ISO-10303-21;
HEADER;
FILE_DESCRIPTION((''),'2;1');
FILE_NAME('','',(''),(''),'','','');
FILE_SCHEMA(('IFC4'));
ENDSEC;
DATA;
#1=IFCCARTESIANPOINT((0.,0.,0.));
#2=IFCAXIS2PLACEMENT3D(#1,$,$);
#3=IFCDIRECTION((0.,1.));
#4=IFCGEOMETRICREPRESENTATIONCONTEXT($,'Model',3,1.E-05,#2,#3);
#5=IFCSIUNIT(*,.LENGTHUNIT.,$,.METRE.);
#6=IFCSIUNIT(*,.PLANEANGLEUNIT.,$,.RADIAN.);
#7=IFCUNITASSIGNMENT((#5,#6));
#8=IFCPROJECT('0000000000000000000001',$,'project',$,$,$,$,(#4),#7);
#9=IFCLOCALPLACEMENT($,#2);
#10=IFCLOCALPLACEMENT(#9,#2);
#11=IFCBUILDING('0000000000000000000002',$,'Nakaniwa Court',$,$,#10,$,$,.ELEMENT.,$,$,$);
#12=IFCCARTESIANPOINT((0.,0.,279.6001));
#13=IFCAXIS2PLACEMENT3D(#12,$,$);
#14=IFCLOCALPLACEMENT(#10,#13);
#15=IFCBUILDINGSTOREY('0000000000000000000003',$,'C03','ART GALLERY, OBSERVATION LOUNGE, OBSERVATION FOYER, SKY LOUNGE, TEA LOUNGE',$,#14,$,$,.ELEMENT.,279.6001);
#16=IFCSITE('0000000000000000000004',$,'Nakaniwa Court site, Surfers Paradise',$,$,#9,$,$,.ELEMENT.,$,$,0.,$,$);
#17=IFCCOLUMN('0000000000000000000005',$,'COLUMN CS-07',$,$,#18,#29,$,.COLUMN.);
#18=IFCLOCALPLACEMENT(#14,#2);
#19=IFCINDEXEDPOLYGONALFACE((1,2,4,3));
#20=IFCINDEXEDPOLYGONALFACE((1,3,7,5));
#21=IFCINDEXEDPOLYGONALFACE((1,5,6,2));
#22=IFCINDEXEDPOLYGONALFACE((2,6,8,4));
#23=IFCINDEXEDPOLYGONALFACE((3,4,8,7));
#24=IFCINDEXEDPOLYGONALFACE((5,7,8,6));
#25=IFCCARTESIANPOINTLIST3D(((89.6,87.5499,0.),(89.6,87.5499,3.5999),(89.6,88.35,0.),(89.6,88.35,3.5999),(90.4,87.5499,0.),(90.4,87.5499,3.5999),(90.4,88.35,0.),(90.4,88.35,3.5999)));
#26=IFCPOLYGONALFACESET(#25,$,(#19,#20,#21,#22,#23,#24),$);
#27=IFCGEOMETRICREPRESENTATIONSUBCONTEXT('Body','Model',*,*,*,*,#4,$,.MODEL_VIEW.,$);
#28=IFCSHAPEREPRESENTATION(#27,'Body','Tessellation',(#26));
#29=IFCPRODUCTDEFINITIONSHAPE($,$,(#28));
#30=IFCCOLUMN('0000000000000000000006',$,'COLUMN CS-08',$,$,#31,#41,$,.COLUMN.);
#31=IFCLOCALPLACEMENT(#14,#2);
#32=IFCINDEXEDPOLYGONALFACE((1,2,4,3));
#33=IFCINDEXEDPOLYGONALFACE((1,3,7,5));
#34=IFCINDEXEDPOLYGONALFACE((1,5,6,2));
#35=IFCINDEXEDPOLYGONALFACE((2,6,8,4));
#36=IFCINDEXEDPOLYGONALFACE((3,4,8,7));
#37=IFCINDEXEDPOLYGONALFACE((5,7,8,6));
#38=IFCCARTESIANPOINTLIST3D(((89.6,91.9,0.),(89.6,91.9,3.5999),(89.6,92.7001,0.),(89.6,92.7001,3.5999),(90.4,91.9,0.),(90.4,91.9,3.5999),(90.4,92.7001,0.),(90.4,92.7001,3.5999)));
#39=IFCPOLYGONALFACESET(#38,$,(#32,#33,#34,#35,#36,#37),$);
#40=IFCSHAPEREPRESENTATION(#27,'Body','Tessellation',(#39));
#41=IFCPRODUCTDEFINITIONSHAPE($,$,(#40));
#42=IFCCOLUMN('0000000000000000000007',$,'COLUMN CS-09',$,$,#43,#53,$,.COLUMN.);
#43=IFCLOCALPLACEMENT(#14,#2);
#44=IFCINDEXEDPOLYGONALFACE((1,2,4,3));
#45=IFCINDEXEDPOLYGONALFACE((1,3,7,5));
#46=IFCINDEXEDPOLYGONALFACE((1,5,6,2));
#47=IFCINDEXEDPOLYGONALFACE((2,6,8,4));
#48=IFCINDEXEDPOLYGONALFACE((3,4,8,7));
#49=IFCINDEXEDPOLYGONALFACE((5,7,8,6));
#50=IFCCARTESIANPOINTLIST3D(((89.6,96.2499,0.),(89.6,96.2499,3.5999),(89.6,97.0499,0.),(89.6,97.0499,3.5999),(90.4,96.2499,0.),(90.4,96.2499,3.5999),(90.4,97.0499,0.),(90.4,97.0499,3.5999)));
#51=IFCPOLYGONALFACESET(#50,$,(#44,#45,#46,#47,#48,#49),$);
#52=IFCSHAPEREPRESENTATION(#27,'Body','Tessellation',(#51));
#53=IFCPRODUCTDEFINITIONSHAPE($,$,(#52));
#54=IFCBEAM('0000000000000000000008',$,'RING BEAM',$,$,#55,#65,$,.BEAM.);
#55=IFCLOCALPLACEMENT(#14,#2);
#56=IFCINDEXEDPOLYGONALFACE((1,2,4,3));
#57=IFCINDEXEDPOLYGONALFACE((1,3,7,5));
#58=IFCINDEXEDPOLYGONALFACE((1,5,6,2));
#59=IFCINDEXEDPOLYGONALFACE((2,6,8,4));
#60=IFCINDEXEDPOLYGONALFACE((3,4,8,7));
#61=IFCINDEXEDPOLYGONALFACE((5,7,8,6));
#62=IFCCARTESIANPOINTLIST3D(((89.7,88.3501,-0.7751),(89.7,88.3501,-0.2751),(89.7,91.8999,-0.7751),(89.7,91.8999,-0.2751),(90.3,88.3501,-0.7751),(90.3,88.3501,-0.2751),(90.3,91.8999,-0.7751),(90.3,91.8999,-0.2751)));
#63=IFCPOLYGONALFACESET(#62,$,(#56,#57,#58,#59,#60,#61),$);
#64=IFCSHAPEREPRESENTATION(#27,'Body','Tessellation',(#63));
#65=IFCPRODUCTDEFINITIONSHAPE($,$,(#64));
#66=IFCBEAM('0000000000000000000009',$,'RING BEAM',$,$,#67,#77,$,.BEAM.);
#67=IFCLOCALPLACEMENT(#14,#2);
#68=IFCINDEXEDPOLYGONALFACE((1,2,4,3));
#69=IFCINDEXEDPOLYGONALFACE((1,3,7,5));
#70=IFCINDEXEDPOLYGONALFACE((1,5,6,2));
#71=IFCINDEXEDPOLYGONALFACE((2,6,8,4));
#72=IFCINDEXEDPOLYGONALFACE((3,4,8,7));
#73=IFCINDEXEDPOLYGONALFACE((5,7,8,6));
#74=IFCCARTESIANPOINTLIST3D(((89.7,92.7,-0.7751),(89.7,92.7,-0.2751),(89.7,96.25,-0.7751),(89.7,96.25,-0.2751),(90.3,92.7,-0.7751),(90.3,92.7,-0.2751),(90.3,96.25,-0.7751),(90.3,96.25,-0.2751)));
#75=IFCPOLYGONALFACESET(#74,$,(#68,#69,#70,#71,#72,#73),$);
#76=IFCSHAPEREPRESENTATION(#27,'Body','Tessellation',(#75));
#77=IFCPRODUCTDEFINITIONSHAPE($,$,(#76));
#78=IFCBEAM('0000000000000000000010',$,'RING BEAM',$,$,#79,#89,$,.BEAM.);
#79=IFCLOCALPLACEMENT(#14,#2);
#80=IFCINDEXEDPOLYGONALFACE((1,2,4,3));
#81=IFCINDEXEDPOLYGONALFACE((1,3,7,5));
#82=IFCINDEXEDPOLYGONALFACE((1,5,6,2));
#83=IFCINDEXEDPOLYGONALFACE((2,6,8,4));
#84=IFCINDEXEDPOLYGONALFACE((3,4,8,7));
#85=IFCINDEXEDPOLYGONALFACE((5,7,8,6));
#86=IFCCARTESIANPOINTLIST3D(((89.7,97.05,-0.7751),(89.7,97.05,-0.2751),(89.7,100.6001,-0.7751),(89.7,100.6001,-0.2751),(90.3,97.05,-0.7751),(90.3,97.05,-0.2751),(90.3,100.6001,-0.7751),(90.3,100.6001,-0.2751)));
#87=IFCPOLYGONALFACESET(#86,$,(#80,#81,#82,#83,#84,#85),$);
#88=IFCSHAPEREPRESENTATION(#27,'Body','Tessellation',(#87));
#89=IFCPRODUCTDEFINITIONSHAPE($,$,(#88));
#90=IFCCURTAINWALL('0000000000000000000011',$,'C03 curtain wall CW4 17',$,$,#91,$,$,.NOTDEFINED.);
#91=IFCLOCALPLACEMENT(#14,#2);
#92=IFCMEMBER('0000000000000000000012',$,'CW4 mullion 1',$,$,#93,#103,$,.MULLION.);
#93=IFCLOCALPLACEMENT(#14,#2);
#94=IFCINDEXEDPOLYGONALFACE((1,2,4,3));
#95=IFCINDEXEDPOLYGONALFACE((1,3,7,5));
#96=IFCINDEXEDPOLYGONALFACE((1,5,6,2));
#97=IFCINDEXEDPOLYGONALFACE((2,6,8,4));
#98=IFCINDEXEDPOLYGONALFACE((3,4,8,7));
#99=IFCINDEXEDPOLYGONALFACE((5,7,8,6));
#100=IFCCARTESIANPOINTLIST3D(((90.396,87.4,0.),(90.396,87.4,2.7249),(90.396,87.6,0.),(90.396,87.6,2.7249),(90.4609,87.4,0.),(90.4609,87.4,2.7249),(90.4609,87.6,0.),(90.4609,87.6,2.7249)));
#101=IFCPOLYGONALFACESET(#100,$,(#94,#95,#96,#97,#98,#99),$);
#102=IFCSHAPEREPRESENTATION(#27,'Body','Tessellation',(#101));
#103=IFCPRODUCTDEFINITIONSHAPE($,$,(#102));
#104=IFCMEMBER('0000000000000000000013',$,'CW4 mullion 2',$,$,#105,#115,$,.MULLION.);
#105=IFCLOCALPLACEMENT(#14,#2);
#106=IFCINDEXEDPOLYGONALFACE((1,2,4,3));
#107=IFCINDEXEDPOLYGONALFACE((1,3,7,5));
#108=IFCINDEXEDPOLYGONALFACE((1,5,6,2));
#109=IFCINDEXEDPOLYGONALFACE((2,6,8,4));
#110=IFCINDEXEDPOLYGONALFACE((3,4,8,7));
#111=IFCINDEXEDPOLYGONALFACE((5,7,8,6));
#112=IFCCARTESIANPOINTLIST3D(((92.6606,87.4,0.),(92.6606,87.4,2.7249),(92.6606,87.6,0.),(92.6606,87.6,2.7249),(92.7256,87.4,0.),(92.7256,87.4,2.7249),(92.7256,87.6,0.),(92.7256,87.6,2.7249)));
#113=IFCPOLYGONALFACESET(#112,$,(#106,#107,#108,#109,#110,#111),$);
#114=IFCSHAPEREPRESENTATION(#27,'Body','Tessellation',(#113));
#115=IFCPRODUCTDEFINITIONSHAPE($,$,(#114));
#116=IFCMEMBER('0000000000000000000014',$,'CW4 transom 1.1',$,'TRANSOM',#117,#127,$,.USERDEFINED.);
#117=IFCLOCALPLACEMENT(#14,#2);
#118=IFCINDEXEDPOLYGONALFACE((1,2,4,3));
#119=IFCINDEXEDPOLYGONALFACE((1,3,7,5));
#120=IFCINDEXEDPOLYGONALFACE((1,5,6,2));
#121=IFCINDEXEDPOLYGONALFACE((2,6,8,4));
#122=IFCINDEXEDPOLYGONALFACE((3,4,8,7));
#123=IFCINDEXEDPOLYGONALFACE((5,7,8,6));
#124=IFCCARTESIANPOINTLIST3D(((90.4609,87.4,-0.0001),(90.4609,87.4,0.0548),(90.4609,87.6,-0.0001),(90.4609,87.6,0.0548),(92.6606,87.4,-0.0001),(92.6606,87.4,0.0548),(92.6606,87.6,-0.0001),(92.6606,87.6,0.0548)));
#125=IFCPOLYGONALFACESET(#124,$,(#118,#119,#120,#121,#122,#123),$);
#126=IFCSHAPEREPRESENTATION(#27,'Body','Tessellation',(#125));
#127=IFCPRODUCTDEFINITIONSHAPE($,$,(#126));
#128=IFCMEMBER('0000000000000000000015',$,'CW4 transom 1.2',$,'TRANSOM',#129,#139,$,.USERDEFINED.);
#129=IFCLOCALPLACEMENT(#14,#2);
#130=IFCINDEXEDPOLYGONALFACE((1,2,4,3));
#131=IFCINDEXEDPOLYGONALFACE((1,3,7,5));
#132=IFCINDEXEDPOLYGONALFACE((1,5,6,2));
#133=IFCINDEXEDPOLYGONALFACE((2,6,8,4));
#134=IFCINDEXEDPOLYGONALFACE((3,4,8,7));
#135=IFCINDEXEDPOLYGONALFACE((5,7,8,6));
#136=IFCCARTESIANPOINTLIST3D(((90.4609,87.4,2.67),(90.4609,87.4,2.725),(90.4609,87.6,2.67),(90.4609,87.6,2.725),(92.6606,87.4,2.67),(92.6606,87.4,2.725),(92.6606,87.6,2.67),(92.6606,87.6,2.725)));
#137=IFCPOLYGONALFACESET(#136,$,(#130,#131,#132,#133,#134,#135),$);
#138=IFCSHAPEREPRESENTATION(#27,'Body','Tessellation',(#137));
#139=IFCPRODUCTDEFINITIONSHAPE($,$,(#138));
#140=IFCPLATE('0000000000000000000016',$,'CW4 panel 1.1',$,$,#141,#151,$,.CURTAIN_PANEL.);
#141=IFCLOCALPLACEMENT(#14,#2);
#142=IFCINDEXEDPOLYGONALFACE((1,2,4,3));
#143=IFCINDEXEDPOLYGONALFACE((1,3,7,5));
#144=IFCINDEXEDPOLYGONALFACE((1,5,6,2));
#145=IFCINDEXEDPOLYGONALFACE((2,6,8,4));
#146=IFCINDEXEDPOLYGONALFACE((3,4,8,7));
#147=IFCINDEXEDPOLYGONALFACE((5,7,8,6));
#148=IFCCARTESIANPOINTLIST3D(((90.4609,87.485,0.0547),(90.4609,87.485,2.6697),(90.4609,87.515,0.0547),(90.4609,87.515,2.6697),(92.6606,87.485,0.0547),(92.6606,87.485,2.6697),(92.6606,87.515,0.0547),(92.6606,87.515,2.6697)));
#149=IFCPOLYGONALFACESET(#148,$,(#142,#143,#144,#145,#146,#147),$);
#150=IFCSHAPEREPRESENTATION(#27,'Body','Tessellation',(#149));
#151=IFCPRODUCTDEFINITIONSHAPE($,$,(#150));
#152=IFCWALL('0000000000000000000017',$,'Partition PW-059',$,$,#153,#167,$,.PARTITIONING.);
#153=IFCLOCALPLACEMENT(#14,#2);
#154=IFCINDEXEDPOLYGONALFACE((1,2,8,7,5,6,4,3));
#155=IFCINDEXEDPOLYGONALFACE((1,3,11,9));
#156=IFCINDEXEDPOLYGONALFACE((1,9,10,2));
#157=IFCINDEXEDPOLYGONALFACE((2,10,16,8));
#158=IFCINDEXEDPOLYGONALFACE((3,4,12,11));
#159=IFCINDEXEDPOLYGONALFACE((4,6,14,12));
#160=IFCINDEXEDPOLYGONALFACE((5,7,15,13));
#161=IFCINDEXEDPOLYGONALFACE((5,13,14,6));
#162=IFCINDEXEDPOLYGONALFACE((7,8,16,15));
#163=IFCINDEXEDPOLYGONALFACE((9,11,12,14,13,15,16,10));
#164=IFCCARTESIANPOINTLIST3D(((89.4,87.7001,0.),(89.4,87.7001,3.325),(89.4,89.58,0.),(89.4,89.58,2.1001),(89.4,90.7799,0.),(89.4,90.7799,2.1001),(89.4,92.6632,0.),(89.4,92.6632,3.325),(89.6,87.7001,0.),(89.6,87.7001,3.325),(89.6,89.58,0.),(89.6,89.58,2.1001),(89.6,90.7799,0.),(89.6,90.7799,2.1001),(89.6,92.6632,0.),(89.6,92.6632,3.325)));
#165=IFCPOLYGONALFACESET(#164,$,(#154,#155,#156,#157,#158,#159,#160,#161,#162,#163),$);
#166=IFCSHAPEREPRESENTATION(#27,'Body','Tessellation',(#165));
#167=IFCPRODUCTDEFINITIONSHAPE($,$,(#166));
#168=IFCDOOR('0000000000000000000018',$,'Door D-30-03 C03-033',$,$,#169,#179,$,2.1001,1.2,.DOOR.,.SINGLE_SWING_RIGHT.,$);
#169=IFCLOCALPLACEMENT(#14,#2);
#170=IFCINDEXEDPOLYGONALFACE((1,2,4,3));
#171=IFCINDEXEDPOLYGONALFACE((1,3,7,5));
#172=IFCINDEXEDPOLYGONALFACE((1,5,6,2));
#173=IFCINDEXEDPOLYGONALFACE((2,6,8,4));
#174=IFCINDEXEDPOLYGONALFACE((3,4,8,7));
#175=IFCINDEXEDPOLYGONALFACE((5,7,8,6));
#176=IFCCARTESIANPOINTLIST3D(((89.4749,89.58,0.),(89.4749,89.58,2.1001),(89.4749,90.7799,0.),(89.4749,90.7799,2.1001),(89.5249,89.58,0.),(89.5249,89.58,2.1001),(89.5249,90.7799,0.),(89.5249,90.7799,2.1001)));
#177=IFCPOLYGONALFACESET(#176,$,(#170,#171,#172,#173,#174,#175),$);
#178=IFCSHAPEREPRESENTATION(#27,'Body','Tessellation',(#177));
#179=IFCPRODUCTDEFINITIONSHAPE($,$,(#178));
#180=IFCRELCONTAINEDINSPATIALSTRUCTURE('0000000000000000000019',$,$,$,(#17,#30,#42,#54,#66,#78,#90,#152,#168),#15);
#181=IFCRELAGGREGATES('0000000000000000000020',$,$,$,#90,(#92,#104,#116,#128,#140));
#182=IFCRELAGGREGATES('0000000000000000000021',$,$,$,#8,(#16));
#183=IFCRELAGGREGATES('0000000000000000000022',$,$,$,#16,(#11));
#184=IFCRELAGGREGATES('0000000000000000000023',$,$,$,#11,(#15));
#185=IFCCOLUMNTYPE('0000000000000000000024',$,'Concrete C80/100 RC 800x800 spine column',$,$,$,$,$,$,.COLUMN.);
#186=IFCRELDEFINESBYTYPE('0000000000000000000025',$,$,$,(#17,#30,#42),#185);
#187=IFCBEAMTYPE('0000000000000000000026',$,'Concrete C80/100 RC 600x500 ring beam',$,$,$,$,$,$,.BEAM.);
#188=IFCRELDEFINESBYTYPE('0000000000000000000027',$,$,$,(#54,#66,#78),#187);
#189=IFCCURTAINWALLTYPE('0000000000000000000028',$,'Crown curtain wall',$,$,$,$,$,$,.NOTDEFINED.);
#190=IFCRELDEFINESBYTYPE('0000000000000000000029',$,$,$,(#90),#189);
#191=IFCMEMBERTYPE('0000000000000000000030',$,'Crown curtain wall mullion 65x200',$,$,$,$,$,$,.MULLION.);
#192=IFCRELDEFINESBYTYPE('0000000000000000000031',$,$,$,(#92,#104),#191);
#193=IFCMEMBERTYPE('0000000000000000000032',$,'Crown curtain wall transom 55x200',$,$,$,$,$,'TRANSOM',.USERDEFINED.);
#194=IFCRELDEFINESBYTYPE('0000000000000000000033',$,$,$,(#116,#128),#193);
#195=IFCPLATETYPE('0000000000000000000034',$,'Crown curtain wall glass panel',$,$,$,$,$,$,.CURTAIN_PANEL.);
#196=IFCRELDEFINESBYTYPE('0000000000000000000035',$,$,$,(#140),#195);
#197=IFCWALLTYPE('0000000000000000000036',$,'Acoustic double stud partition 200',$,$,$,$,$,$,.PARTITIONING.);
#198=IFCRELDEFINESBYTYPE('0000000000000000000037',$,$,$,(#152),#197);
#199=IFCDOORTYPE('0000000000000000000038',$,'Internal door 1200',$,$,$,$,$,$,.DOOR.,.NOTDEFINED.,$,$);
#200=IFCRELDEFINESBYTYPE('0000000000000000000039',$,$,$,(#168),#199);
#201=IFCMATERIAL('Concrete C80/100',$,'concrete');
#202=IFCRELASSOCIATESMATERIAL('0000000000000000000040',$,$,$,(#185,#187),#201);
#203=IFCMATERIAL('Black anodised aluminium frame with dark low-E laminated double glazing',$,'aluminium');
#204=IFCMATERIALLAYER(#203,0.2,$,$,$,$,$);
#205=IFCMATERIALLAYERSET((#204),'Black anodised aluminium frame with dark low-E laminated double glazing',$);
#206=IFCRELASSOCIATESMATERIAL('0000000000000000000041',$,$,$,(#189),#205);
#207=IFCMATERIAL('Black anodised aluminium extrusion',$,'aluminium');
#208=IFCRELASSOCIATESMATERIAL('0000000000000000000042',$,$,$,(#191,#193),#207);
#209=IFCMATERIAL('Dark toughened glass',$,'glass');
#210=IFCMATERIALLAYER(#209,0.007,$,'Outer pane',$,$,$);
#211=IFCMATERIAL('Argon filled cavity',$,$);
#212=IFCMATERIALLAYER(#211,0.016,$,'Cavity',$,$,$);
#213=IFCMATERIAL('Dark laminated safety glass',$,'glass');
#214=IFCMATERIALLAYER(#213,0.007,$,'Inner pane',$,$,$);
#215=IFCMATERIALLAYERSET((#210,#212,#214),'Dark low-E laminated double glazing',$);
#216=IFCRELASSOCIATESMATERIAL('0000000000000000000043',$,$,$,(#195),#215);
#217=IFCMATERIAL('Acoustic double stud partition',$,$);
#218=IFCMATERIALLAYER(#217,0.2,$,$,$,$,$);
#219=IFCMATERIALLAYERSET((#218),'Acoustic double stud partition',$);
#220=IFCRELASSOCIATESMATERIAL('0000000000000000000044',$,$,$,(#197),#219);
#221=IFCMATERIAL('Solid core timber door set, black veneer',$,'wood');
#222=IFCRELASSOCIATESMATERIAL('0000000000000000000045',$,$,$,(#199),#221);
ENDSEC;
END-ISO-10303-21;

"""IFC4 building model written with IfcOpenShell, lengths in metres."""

from ifc_helpers import new_model, si_unit, direction, frame, frame_2d, origin, origin_2d, place, context, subcontext, project, spatial, rectangle, extrude, material, layer, layer_set, material_profile, profile_set, type_object, element, fill, aggregate, save


model = new_model("IFC4")

# Units and contexts
model_context = context("Model", 3, precision=1e-05, world=origin(), true_north=direction((0.0, 1.0)))
body_context = subcontext(model_context, "Body", "Model", "MODEL_VIEW")
ifc_project = project(units=[si_unit("LENGTHUNIT", "METRE"), si_unit("PLANEANGLEUNIT", "RADIAN")], contexts=[model_context])

# Site, building, storey
site_placement = place(None, origin())
site = spatial("IfcSite", under=ifc_project, at=site_placement, Name="Nakaniwa Court site, Surfers Paradise", CompositionType="ELEMENT", RefElevation=0.0)
building_placement = place(site_placement, origin())
building = spatial("IfcBuilding", under=site, at=building_placement, Name="Nakaniwa Court", CompositionType="ELEMENT")
storey_placement = place(building_placement, frame((0.0, 0.0, 279.6001)))
storey = spatial("IfcBuildingStorey", under=building, at=storey_placement, Name="C03", Description="ART GALLERY, OBSERVATION LOUNGE, OBSERVATION FOYER, SKY LOUNGE, TEA LOUNGE", CompositionType="ELEMENT", Elevation=279.6001)

# Columns
ifc_material_1 = material(Name="Concrete C80/100", Category="concrete")
ifc_material_profile_1 = material_profile(ifc_material_1, rectangle(XDim=0.8, YDim=0.8, at=origin_2d()), Name="Concrete C80/100 RC 800x800 spine column")
ifc_profile_set_1 = profile_set([ifc_material_profile_1], Name="Concrete C80/100")
column_type = type_object("IfcColumnType", Name="Concrete C80/100 RC 800x800 spine column", PredefinedType="COLUMN", material=ifc_profile_set_1)
for number, where, z_axis, x_axis, name in (
    (1, (90.0, 87.95, 0.0), (0.0, 0.0, 1.0), (0.0, 1.0, 0.0), "COLUMN CS-07"),
    (2, (90.0, 92.3, 0.0), (0.0, 0.0, 1.0), (0.0, 1.0, 0.0), "COLUMN CS-08"),
    (3, (90.0, 96.6499, 0.0), (0.0, 0.0, 1.0), (0.0, 1.0, 0.0), "COLUMN CS-09"),
):
    element("IfcColumn", number, at=place(storey_placement, frame(where, z_axis=z_axis, x_axis=x_axis)), inside=storey, type_object=column_type, Name=name, PredefinedType="COLUMN", context=body_context, shape_type="SweptSolid", body=[
        extrude(rectangle(XDim=0.8, YDim=0.8, at=origin_2d()), origin(), (0.0, 0.0, 1.0), 3.5999),
    ])

# Beams
ifc_material_profile_2 = material_profile(ifc_material_1, rectangle(XDim=0.6001, YDim=0.5, at=origin_2d()), Name="Concrete C80/100 RC 600x500 ring beam")
ifc_profile_set_2 = profile_set([ifc_material_profile_2], Name="Concrete C80/100")
beam_type = type_object("IfcBeamType", Name="Concrete C80/100 RC 600x500 ring beam", PredefinedType="BEAM", material=ifc_profile_set_2)
beam_placement = place(storey_placement, frame((90.0, 88.3501, -0.5251), z_axis=(0.0, 1.0, 0.0), x_axis=(-1.0, 0.0, 0.0)))
element("IfcBeam", 4, at=beam_placement, inside=storey, type_object=beam_type, Name="RING BEAM", PredefinedType="BEAM", context=body_context, shape_type="SweptSolid", body=[
    extrude(rectangle(XDim=0.6001, YDim=0.5, at=origin_2d()), origin(), (0.0, 0.0, 1.0), 3.5498),
])
for number, where, z_axis, x_axis, name in (
    (5, (90.0, 92.7, -0.5251), (0.0, 1.0, 0.0), (-1.0, 0.0, 0.0), "RING BEAM"),
    (6, (90.0, 97.05, -0.5251), (0.0, 1.0, 0.0), (-1.0, 0.0, 0.0), "RING BEAM"),
):
    element("IfcBeam", number, at=place(storey_placement, frame(where, z_axis=z_axis, x_axis=x_axis)), inside=storey, type_object=beam_type, Name=name, PredefinedType="BEAM", context=body_context, shape_type="SweptSolid", body=[
        extrude(rectangle(XDim=0.6001, YDim=0.5, at=origin_2d()), origin(), (0.0, 0.0, 1.0), 3.55),
    ])

# Curtain wall, members, plate
ifc_material_2 = material(Name="Black anodised aluminium frame with dark low-E laminated double glazing", Category="aluminium")
ifc_layer_1 = layer(ifc_material_2, 0.2)
ifc_layer_set_1 = layer_set([ifc_layer_1], Name="Black anodised aluminium frame with dark low-E laminated double glazing")
curtain_wall_type = type_object("IfcCurtainWallType", Name="Crown curtain wall", PredefinedType="NOTDEFINED", material=ifc_layer_set_1)
curtain_wall_placement = place(storey_placement, origin())
curtain_wall = element("IfcCurtainWall", 7, at=curtain_wall_placement, inside=storey, type_object=curtain_wall_type, Name="C03 curtain wall CW4 17", PredefinedType="NOTDEFINED")
ifc_material_3 = material(Name="Black anodised aluminium extrusion", Category="aluminium")
ifc_material_profile_3 = material_profile(ifc_material_3, rectangle(XDim=0.2, YDim=0.0649, at=origin_2d()), Name="Crown curtain wall mullion 65x200")
ifc_profile_set_3 = profile_set([ifc_material_profile_3], Name="Black anodised aluminium extrusion")
member_type_1 = type_object("IfcMemberType", Name="Crown curtain wall mullion 65x200", PredefinedType="MULLION", material=ifc_profile_set_3)
member_1_placement = place(storey_placement, frame((90.4285, 87.5, 0.0), z_axis=(0.0, 0.0, 1.0), x_axis=(0.0, 1.0, 0.0)))
member_1 = element("IfcMember", 8, at=member_1_placement, type_object=member_type_1, Name="CW4 mullion 1", PredefinedType="MULLION", context=body_context, shape_type="SweptSolid", body=[
    extrude(rectangle(XDim=0.2, YDim=0.0649, at=origin_2d()), origin(), (0.0, 0.0, 1.0), 2.7249),
])
member_2_placement = place(storey_placement, frame((92.6931, 87.5, 0.0), z_axis=(0.0, 0.0, 1.0), x_axis=(0.0, 1.0, 0.0)))
member_2 = element("IfcMember", 9, at=member_2_placement, type_object=member_type_1, Name="CW4 mullion 2", PredefinedType="MULLION", context=body_context, shape_type="SweptSolid", body=[
    extrude(rectangle(XDim=0.2, YDim=0.0649, at=origin_2d()), origin(), (0.0, 0.0, 1.0), 2.7249),
])
ifc_material_profile_4 = material_profile(ifc_material_3, rectangle(XDim=0.2, YDim=0.0549, at=origin_2d()), Name="Crown curtain wall transom 55x200")
ifc_profile_set_4 = profile_set([ifc_material_profile_4], Name="Black anodised aluminium extrusion")
member_type_2 = type_object("IfcMemberType", Name="Crown curtain wall transom 55x200", ElementType="TRANSOM", PredefinedType="USERDEFINED", material=ifc_profile_set_4)
member_3_placement = place(storey_placement, frame((90.4609, 87.5, 0.0273), z_axis=(1.0, 0.0, 0.0), x_axis=(0.0, 1.0, 0.0)))
member_3 = element("IfcMember", 10, at=member_3_placement, type_object=member_type_2, Name="CW4 transom 1.1", ObjectType="TRANSOM", PredefinedType="USERDEFINED", context=body_context, shape_type="SweptSolid", body=[
    extrude(rectangle(XDim=0.2, YDim=0.0549, at=origin_2d()), origin(), (0.0, 0.0, 1.0), 2.1997),
])
member_4_placement = place(storey_placement, frame((90.4609, 87.5, 2.6975), z_axis=(1.0, 0.0, 0.0), x_axis=(0.0, 1.0, 0.0)))
member_4 = element("IfcMember", 11, at=member_4_placement, type_object=member_type_2, Name="CW4 transom 1.2", ObjectType="TRANSOM", PredefinedType="USERDEFINED", context=body_context, shape_type="SweptSolid", body=[
    extrude(rectangle(XDim=0.2, YDim=0.0549, at=origin_2d()), origin(), (0.0, 0.0, 1.0), 2.1997),
])
ifc_material_4 = material(Name="Dark toughened glass", Category="glass")
ifc_layer_2 = layer(ifc_material_4, 0.007, Name="Outer pane")
ifc_material_5 = material(Name="Argon filled cavity")
ifc_layer_3 = layer(ifc_material_5, 0.016, Name="Cavity")
ifc_material_6 = material(Name="Dark laminated safety glass", Category="glass")
ifc_layer_4 = layer(ifc_material_6, 0.007, Name="Inner pane")
ifc_layer_set_2 = layer_set([ifc_layer_2, ifc_layer_3, ifc_layer_4], Name="Dark low-E laminated double glazing")
plate_type = type_object("IfcPlateType", Name="Crown curtain wall glass panel", PredefinedType="CURTAIN_PANEL", material=ifc_layer_set_2)
plate_placement = place(storey_placement, frame((91.5608, 87.5, 0.0547), z_axis=(0.0, 0.0, 1.0), x_axis=(1.0, 0.0, 0.0)))
plate = element("IfcPlate", 12, at=plate_placement, type_object=plate_type, Name="CW4 panel 1.1", PredefinedType="CURTAIN_PANEL", context=body_context, shape_type="SweptSolid", body=[
    extrude(rectangle(XDim=2.1997, YDim=0.03, at=origin_2d()), origin(), (0.0, 0.0, 1.0), 2.615),
])
aggregate(curtain_wall, [member_1, member_2, member_3, member_4, plate])

# Wall, opening, door
ifc_material_7 = material(Name="Acoustic double stud partition")
ifc_layer_5 = layer(ifc_material_7, 0.2)
ifc_layer_set_3 = layer_set([ifc_layer_5], Name="Acoustic double stud partition")
wall_type_1 = type_object("IfcWallType", Name="Acoustic double stud partition 200", PredefinedType="PARTITIONING", material=ifc_layer_set_3)
wall_1_placement = place(storey_placement, frame((89.5, 92.6631, 0.0), z_axis=(0.0, 0.0, 1.0), x_axis=(0.0, -1.0, 0.0)))
wall_1 = element("IfcWall", 13, at=wall_1_placement, inside=storey, type_object=wall_type_1, Name="Partition PW-059", PredefinedType="PARTITIONING", context=body_context, shape_type="SweptSolid", body=[
    extrude(rectangle(XDim=4.9631, YDim=0.2, at=frame_2d((2.4814, 0.0))), origin(), (0.0, 0.0, 1.0), 3.325),
])
opening_1_placement = place(wall_1_placement, frame((1.8831, 0.0, 0.0)))
opening_1 = element("IfcOpeningElement", 14, at=opening_1_placement, cuts=wall_1, PredefinedType="OPENING", context=body_context, shape_type="SweptSolid", body=[
    extrude(rectangle(XDim=1.2, YDim=2.1001, at=frame_2d((0.6001, 1.05))), frame((0.0, 0.1099, 0.0), z_axis=(0.0, -1.0, 0.0), x_axis=(1.0, 0.0, 0.0)), (0.0, 0.0, 1.0), 0.22),
])
ifc_material_8 = material(Name="Solid core timber door set, black veneer", Category="wood")
door_type_1 = type_object("IfcDoorType", Name="Internal door 1200", OperationType="NOTDEFINED", PredefinedType="DOOR", material=ifc_material_8)
door_1_placement = place(opening_1_placement, origin())
door_1 = element("IfcDoor", 15, at=door_1_placement, inside=storey, type_object=door_type_1, Name="Door D-30-03 C03-033", OperationType="SINGLE_SWING_RIGHT", OverallHeight=2.1001, OverallWidth=1.2, PredefinedType="DOOR", context=body_context, shape_type="SweptSolid", body=[
    extrude(rectangle(XDim=1.2, YDim=2.1001, at=frame_2d((0.6001, 1.05))), frame((0.0, 0.0249, 0.0), z_axis=(0.0, -1.0, 0.0), x_axis=(1.0, 0.0, 0.0)), (0.0, 0.0, 1.0), 0.05),
])
fill(opening_1, door_1)

save(model, "model.ifc")
